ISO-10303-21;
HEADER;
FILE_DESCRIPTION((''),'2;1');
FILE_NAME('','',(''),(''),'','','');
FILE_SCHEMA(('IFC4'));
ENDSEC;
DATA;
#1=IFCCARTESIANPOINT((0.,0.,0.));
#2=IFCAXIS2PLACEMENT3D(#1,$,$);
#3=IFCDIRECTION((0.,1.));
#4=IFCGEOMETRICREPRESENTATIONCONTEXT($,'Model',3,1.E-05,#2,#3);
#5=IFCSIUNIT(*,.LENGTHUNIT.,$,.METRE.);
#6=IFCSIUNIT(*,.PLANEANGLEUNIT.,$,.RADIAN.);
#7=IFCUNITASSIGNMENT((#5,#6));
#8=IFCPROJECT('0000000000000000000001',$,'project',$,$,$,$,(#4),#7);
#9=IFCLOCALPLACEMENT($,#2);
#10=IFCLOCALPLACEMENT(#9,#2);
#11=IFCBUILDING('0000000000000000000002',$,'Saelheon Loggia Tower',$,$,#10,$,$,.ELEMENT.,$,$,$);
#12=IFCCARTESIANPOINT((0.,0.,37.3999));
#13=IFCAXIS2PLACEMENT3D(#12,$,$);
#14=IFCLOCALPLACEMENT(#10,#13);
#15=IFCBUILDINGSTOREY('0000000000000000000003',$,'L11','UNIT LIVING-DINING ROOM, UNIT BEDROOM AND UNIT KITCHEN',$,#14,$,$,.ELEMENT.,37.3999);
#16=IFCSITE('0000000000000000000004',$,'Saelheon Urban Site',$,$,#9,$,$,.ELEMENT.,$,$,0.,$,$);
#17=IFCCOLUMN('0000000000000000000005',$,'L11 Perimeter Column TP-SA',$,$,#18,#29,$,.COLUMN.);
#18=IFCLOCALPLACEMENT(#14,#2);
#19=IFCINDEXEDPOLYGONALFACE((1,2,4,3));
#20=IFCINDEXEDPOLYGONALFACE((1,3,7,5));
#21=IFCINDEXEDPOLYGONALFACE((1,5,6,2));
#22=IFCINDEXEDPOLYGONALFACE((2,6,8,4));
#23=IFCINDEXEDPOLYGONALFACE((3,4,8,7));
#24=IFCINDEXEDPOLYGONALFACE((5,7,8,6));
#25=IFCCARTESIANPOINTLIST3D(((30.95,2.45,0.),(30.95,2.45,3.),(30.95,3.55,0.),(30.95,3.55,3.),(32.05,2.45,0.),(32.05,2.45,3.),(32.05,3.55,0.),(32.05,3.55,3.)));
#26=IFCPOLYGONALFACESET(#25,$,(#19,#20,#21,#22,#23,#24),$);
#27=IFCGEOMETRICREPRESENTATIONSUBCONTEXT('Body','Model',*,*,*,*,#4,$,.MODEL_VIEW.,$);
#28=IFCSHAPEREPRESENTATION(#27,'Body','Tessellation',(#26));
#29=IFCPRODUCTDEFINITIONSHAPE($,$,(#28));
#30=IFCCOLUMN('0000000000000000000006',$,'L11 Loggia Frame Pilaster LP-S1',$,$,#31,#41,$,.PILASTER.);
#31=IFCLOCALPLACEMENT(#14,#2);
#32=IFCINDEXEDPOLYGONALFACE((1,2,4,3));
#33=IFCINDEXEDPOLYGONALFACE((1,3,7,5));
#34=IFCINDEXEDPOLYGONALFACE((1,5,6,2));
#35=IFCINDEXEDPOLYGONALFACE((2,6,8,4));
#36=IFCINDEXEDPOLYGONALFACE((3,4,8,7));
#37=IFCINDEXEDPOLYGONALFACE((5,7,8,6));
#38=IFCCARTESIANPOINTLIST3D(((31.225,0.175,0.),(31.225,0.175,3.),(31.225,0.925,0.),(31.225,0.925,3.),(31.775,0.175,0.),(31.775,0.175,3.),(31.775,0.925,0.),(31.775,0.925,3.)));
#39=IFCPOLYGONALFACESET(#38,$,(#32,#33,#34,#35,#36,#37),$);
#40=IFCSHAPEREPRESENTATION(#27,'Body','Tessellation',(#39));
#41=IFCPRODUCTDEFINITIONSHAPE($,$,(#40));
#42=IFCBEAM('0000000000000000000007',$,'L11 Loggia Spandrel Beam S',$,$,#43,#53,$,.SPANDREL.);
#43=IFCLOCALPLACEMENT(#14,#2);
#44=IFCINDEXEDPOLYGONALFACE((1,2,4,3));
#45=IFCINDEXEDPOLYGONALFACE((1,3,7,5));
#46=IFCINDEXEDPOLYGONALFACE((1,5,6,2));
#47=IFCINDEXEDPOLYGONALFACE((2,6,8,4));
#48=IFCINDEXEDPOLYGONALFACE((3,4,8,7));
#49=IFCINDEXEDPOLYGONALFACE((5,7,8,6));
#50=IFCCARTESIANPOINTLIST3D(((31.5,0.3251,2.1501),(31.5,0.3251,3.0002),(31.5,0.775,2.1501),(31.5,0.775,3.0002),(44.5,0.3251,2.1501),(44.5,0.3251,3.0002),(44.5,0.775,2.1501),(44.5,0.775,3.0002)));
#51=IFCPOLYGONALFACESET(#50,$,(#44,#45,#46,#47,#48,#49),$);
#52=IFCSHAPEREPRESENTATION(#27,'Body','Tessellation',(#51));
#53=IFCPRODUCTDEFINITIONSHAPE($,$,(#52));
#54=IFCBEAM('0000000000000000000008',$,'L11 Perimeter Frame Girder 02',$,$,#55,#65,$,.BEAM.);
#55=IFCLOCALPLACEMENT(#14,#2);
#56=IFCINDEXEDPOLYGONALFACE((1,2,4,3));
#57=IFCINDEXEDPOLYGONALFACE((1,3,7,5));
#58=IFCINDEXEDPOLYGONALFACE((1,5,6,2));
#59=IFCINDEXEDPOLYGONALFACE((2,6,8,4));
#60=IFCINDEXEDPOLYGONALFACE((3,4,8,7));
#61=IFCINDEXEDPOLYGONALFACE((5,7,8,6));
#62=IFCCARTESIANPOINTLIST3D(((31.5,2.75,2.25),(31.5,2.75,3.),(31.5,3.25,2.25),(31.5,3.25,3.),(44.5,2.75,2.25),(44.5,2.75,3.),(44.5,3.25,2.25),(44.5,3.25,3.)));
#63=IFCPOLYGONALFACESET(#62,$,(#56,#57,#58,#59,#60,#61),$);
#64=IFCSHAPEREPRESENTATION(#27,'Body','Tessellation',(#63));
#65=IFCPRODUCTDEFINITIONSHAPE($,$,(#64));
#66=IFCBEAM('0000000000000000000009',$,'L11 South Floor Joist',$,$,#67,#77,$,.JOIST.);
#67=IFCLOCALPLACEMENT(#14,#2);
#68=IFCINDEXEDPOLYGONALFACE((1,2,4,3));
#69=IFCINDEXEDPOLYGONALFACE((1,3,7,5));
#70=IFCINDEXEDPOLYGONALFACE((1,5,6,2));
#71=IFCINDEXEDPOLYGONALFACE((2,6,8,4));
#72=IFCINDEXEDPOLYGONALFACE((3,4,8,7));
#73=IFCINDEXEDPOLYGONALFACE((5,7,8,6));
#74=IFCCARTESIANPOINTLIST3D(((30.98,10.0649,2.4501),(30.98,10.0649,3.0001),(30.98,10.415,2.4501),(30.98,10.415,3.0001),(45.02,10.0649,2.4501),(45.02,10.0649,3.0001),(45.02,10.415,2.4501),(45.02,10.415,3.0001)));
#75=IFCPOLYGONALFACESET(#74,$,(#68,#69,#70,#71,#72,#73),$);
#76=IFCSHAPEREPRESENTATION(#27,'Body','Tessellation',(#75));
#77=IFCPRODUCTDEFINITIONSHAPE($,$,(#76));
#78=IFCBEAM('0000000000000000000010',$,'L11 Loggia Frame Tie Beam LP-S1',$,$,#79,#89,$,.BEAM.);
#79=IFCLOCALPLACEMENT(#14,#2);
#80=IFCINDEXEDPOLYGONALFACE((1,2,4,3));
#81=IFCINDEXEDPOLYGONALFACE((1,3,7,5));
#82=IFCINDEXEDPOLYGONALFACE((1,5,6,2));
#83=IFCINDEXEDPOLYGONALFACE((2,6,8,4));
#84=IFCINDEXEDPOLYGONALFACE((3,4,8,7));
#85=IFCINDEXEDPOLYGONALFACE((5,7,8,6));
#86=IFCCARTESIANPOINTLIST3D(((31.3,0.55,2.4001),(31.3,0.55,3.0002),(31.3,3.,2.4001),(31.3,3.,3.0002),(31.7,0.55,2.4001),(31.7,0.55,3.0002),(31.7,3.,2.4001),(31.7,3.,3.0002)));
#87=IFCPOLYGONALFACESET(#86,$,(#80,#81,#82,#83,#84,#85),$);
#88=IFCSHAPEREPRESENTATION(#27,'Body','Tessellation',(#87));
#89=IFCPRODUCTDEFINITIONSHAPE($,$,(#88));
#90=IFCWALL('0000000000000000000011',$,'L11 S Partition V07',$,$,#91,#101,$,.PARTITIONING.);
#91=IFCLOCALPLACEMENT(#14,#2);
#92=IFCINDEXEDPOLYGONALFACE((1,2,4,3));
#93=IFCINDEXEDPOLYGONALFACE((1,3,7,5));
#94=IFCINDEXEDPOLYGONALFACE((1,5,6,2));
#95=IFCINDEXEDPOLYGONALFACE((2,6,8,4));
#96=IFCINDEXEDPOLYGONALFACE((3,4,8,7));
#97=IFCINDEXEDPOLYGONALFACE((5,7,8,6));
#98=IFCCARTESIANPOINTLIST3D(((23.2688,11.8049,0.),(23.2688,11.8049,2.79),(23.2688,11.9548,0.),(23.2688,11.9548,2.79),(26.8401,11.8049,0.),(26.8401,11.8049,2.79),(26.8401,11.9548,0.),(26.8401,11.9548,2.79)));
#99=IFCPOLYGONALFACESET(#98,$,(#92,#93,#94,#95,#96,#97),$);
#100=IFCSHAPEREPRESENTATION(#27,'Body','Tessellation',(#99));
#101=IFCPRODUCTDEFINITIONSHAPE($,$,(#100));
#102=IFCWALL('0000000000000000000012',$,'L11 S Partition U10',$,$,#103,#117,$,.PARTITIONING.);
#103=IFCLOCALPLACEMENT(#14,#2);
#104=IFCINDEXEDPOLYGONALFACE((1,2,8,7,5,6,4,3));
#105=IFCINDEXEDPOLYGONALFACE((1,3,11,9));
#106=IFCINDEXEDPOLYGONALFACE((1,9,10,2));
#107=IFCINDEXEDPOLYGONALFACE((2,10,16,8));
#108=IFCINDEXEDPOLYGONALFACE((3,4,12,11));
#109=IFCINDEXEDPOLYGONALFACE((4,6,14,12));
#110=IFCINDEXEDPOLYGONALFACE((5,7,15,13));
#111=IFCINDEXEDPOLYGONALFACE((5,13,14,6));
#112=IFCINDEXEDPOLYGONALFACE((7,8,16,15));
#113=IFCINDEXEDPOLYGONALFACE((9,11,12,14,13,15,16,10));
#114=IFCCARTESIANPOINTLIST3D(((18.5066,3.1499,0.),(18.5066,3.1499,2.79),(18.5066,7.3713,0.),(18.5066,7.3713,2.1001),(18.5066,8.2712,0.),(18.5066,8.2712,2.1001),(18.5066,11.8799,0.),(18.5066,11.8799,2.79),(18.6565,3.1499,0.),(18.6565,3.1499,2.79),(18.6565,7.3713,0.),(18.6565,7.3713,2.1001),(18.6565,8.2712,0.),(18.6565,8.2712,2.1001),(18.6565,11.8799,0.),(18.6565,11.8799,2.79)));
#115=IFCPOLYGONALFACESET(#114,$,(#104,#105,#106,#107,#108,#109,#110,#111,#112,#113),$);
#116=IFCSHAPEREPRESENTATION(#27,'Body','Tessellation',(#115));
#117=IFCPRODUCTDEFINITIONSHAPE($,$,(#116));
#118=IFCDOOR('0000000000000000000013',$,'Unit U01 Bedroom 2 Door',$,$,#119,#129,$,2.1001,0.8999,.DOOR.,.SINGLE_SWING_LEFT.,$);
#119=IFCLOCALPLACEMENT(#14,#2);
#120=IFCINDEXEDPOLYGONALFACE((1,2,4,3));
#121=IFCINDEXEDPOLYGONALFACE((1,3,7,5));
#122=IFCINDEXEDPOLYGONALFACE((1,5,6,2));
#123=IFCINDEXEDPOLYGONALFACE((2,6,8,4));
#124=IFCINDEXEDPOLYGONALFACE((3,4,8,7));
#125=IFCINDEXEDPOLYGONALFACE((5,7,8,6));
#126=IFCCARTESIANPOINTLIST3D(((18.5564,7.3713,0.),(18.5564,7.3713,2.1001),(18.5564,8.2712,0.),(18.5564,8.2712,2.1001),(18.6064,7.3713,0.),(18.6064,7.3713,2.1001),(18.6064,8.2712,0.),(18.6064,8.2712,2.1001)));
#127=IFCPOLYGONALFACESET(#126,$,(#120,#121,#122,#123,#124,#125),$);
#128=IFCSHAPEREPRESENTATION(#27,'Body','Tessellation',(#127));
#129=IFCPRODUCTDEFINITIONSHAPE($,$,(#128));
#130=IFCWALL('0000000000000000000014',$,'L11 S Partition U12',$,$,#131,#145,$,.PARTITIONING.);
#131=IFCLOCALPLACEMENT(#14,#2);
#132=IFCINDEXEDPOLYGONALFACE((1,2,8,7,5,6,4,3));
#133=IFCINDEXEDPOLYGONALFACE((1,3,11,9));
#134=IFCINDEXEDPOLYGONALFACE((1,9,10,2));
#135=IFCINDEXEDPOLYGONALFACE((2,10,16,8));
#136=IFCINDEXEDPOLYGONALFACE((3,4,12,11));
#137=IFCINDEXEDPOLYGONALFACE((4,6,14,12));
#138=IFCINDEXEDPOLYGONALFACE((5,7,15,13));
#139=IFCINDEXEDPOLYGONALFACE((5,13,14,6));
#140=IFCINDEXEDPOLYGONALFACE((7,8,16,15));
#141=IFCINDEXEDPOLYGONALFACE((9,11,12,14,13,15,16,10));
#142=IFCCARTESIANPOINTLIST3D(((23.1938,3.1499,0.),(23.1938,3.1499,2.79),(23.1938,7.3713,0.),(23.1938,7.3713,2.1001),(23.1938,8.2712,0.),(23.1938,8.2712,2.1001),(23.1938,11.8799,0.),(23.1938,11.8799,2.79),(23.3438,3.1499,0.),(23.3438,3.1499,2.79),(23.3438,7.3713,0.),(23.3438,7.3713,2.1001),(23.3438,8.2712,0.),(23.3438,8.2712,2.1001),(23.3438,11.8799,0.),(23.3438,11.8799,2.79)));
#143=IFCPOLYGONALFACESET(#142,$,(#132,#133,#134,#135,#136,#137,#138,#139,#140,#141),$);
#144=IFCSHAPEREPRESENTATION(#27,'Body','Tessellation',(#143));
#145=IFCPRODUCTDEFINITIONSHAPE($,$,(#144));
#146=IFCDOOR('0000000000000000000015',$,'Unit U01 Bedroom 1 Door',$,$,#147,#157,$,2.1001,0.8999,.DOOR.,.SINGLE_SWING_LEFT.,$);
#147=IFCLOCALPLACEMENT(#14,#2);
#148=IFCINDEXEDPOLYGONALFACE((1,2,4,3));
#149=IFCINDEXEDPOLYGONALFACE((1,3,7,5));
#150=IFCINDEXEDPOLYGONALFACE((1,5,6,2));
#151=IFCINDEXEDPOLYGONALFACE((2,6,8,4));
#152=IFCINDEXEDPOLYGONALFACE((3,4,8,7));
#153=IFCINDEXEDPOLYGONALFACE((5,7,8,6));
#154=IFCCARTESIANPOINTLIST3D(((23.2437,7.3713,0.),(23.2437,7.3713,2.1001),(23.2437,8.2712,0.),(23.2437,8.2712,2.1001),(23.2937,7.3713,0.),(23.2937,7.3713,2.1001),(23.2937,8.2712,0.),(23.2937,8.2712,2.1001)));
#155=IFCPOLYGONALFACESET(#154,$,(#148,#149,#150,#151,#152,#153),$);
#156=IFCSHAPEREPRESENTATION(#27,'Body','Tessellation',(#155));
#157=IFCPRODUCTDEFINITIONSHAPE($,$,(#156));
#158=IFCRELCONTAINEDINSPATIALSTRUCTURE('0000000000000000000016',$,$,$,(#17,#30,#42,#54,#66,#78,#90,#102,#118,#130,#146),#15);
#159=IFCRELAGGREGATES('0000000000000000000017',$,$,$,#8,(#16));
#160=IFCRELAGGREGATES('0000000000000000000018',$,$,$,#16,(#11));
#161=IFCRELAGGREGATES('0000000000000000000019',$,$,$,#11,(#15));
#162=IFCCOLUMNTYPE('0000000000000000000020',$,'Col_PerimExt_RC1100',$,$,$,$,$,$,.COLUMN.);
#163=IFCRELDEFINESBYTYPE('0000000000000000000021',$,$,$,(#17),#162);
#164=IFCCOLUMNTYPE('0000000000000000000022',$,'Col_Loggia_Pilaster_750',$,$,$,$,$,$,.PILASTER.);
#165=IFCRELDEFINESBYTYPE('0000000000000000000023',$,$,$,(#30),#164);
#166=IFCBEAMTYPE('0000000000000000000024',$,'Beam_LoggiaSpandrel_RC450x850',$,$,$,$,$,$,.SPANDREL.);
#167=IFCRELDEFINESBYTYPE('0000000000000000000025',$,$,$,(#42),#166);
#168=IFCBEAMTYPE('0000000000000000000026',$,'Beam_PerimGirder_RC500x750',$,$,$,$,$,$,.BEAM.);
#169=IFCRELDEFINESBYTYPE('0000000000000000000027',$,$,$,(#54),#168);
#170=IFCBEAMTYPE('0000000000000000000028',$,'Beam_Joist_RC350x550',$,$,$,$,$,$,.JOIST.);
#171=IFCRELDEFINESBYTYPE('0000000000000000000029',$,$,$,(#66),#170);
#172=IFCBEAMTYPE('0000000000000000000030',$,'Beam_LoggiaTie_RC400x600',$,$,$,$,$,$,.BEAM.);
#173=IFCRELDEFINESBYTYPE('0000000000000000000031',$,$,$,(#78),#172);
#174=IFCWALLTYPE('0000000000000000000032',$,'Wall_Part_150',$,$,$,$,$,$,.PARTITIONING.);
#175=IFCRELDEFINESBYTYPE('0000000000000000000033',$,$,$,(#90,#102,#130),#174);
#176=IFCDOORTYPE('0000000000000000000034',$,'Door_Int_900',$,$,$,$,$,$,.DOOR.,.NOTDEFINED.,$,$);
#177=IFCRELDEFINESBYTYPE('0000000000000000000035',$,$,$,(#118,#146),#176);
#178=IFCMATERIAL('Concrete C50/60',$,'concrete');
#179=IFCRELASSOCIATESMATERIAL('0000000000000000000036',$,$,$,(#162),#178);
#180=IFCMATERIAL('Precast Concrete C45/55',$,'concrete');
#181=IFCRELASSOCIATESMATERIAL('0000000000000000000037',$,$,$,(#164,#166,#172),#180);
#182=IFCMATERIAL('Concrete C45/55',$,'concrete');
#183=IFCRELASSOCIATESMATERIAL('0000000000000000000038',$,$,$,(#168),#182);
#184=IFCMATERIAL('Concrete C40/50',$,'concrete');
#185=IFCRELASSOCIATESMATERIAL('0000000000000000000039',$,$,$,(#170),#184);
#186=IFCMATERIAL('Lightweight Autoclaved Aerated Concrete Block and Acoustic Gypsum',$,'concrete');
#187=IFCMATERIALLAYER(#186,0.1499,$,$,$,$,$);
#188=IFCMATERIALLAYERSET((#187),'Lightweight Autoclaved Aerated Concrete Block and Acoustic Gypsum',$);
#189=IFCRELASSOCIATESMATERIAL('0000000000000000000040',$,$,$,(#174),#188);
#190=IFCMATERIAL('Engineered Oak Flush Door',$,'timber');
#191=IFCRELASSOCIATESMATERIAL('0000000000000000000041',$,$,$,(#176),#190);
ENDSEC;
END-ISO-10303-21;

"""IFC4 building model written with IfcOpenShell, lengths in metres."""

from ifc_helpers import new_model, si_unit, direction, frame, frame_2d, origin, origin_2d, place, context, subcontext, project, spatial, rectangle, extrude, source, transform, mapped, material, layer, layer_set, material_profile, profile_set, type_object, element, fill, save


model = new_model("IFC4")

# Units and contexts
model_context = context("Model", 3, precision=1e-05, world=origin(), true_north=direction((0.0, 1.0)))
body_context = subcontext(model_context, "Body", "Model", "MODEL_VIEW")
ifc_project = project(units=[si_unit("LENGTHUNIT", "METRE"), si_unit("PLANEANGLEUNIT", "RADIAN")], contexts=[model_context])

# Site, building, storey
site_placement = place(None, origin())
site = spatial("IfcSite", under=ifc_project, at=site_placement, Name="Saelheon Urban Site", CompositionType="ELEMENT", RefElevation=0.0)
building_placement = place(site_placement, origin())
building = spatial("IfcBuilding", under=site, at=building_placement, Name="Saelheon Loggia Tower", CompositionType="ELEMENT")
storey_placement = place(building_placement, frame((0.0, 0.0, 37.3999)))
storey = spatial("IfcBuildingStorey", under=building, at=storey_placement, Name="L11", Description="UNIT LIVING-DINING ROOM, UNIT BEDROOM AND UNIT KITCHEN", CompositionType="ELEMENT", Elevation=37.3999)

# Columns
ifc_material_1 = material(Name="Concrete C50/60", Category="concrete")
ifc_material_profile_1 = material_profile(ifc_material_1, rectangle(XDim=1.1001, YDim=1.1001, at=origin_2d()), Name="RC-1100x1100")
ifc_profile_set_1 = profile_set([ifc_material_profile_1], Name="Concrete C50/60")
column_type_1 = type_object("IfcColumnType", Name="Col_PerimExt_RC1100", PredefinedType="COLUMN", material=ifc_profile_set_1)
shared_shape_1 = source(origin(), body_context, "Body", "SweptSolid", [
    extrude(rectangle(XDim=1.1001, YDim=1.1001, at=origin_2d()), origin(), (0.0, 0.0, 1.0), 3.0),
])
column_1_placement = place(storey_placement, frame((31.5, 3.0, 0.0), z_axis=(0.0, 0.0, 1.0), x_axis=(1.0, 0.0, 0.0)))
element("IfcColumn", 1, at=column_1_placement, inside=storey, type_object=column_type_1, Name="L11 Perimeter Column TP-SA", PredefinedType="COLUMN", context=body_context, shape_type="MappedRepresentation", body=[
    mapped(shared_shape_1, transform((0.0, 0.0, 0.0), scale=1.0)),
])
ifc_material_2 = material(Name="Precast Concrete C45/55", Category="concrete")
ifc_material_profile_2 = material_profile(ifc_material_2, rectangle(XDim=0.55, YDim=0.75, at=origin_2d()), Name="RC-550x750")
ifc_profile_set_2 = profile_set([ifc_material_profile_2], Name="Precast Concrete C45/55")
column_type_2 = type_object("IfcColumnType", Name="Col_Loggia_Pilaster_750", PredefinedType="PILASTER", material=ifc_profile_set_2)
shared_shape_2 = source(origin(), body_context, "Body", "SweptSolid", [
    extrude(rectangle(XDim=0.55, YDim=0.75, at=origin_2d()), origin(), (0.0, 0.0, 1.0), 3.0),
])
column_2_placement = place(storey_placement, frame((31.5, 0.55, 0.0), z_axis=(0.0, 0.0, 1.0), x_axis=(1.0, 0.0, 0.0)))
element("IfcColumn", 2, at=column_2_placement, inside=storey, type_object=column_type_2, Name="L11 Loggia Frame Pilaster LP-S1", PredefinedType="PILASTER", context=body_context, shape_type="MappedRepresentation", body=[
    mapped(shared_shape_2, transform((0.0, 0.0, 0.0), scale=1.0)),
])

# Beams
ifc_material_profile_3 = material_profile(ifc_material_2, rectangle(XDim=0.45, YDim=0.8501, at=origin_2d()), Name="RC-450x850")
ifc_profile_set_3 = profile_set([ifc_material_profile_3], Name="Precast Concrete C45/55")
beam_type_1 = type_object("IfcBeamType", Name="Beam_LoggiaSpandrel_RC450x850", PredefinedType="SPANDREL", material=ifc_profile_set_3)
shared_shape_3 = source(origin(), body_context, "Body", "SweptSolid", [
    extrude(rectangle(XDim=0.45, YDim=0.8501, at=origin_2d()), origin(), (0.0, 0.0, 1.0), 13.0),
])
beam_1_placement = place(storey_placement, frame((31.5, 0.55, 2.5752), z_axis=(1.0, 0.0, 0.0), x_axis=(0.0, 1.0, 0.0)))
element("IfcBeam", 3, at=beam_1_placement, inside=storey, type_object=beam_type_1, Name="L11 Loggia Spandrel Beam S", PredefinedType="SPANDREL", context=body_context, shape_type="MappedRepresentation", body=[
    mapped(shared_shape_3, transform((0.0, 0.0, 0.0), scale=1.0)),
])
ifc_material_3 = material(Name="Concrete C45/55", Category="concrete")
ifc_material_profile_4 = material_profile(ifc_material_3, rectangle(XDim=0.5, YDim=0.75, at=origin_2d()), Name="RC-500x750")
ifc_profile_set_4 = profile_set([ifc_material_profile_4], Name="Concrete C45/55")
beam_type_2 = type_object("IfcBeamType", Name="Beam_PerimGirder_RC500x750", PredefinedType="BEAM", material=ifc_profile_set_4)
shared_shape_4 = source(origin(), body_context, "Body", "SweptSolid", [
    extrude(rectangle(XDim=0.5, YDim=0.75, at=origin_2d()), origin(), (0.0, 0.0, 1.0), 13.0),
])
beam_2_placement = place(storey_placement, frame((31.5, 3.0, 2.625), z_axis=(1.0, 0.0, 0.0), x_axis=(0.0, 1.0, 0.0)))
element("IfcBeam", 4, at=beam_2_placement, inside=storey, type_object=beam_type_2, Name="L11 Perimeter Frame Girder 02", PredefinedType="BEAM", context=body_context, shape_type="MappedRepresentation", body=[
    mapped(shared_shape_4, transform((0.0, 0.0, 0.0), scale=1.0)),
])
ifc_material_4 = material(Name="Concrete C40/50", Category="concrete")
ifc_material_profile_5 = material_profile(ifc_material_4, rectangle(XDim=0.3501, YDim=0.55, at=origin_2d()), Name="RC-350x550")
ifc_profile_set_5 = profile_set([ifc_material_profile_5], Name="Concrete C40/50")
beam_type_3 = type_object("IfcBeamType", Name="Beam_Joist_RC350x550", PredefinedType="JOIST", material=ifc_profile_set_5)
shared_shape_5 = source(origin(), body_context, "Body", "SweptSolid", [
    extrude(rectangle(XDim=0.3501, YDim=0.55, at=origin_2d()), origin(), (0.0, 0.0, 1.0), 14.04),
])
beam_3_placement = place(storey_placement, frame((30.98, 10.24, 2.7251), z_axis=(1.0, 0.0, 0.0), x_axis=(0.0, 1.0, 0.0)))
element("IfcBeam", 5, at=beam_3_placement, inside=storey, type_object=beam_type_3, Name="L11 South Floor Joist", PredefinedType="JOIST", context=body_context, shape_type="MappedRepresentation", body=[
    mapped(shared_shape_5, transform((0.0, 0.0, 0.0), scale=1.0)),
])
ifc_material_profile_6 = material_profile(ifc_material_2, rectangle(XDim=0.3999, YDim=0.6001, at=origin_2d()), Name="RC-400x600")
ifc_profile_set_6 = profile_set([ifc_material_profile_6], Name="Precast Concrete C45/55")
beam_type_4 = type_object("IfcBeamType", Name="Beam_LoggiaTie_RC400x600", PredefinedType="BEAM", material=ifc_profile_set_6)
shared_shape_6 = source(origin(), body_context, "Body", "SweptSolid", [
    extrude(rectangle(XDim=0.3999, YDim=0.6001, at=origin_2d()), origin(), (0.0, 0.0, 1.0), 2.45),
])
beam_4_placement = place(storey_placement, frame((31.5, 3.0, 2.7002), z_axis=(0.0, -1.0, 0.0), x_axis=(1.0, 0.0, 0.0)))
element("IfcBeam", 6, at=beam_4_placement, inside=storey, type_object=beam_type_4, Name="L11 Loggia Frame Tie Beam LP-S1", PredefinedType="BEAM", context=body_context, shape_type="MappedRepresentation", body=[
    mapped(shared_shape_6, transform((0.0, 0.0, 0.0), scale=1.0)),
])

# Wall
ifc_material_5 = material(Name="Lightweight Autoclaved Aerated Concrete Block and Acoustic Gypsum", Category="concrete")
ifc_layer_1 = layer(ifc_material_5, 0.1499)
ifc_layer_set_1 = layer_set([ifc_layer_1], Name="Lightweight Autoclaved Aerated Concrete Block and Acoustic Gypsum")
wall_type_1 = type_object("IfcWallType", Name="Wall_Part_150", PredefinedType="PARTITIONING", material=ifc_layer_set_1)
wall_1_placement = place(storey_placement, frame((23.2688, 11.8799, 0.0), z_axis=(0.0, 0.0, 1.0), x_axis=(1.0, 0.0, 0.0)))
element("IfcWall", 7, at=wall_1_placement, inside=storey, type_object=wall_type_1, Name="L11 S Partition V07", PredefinedType="PARTITIONING", context=body_context, shape_type="SweptSolid", body=[
    extrude(rectangle(XDim=3.5713, YDim=0.1499, at=frame_2d((1.7856, 0.0))), origin(), (0.0, 0.0, 1.0), 2.79),
])

# Walls, openings, doors
wall_2_placement = place(storey_placement, frame((18.5815, 11.8799, 0.0), z_axis=(0.0, 0.0, 1.0), x_axis=(0.0, -1.0, 0.0)))
wall_2 = element("IfcWall", 8, at=wall_2_placement, inside=storey, type_object=wall_type_1, Name="L11 S Partition U10", PredefinedType="PARTITIONING", context=body_context, shape_type="SweptSolid", body=[
    extrude(rectangle(XDim=8.73, YDim=0.1499, at=frame_2d((4.365, 0.0))), origin(), (0.0, 0.0, 1.0), 2.79),
])
opening_1_placement = place(wall_2_placement, frame((3.6086, 0.0, 0.0)))
opening_1 = element("IfcOpeningElement", 9, at=opening_1_placement, cuts=wall_2, PredefinedType="OPENING", context=body_context, shape_type="SweptSolid", body=[
    extrude(rectangle(XDim=0.8999, YDim=2.1001, at=frame_2d((0.45, 1.05))), frame((0.0, 0.0869, 0.0), z_axis=(0.0, -1.0, 0.0), x_axis=(1.0, 0.0, 0.0)), (0.0, 0.0, 1.0), 0.1738),
])
ifc_material_6 = material(Name="Engineered Oak Flush Door", Category="timber")
door_type_1 = type_object("IfcDoorType", Name="Door_Int_900", OperationType="NOTDEFINED", PredefinedType="DOOR", material=ifc_material_6)
shared_shape_7 = source(origin(), body_context, "Body", "SweptSolid", [
    extrude(rectangle(XDim=0.8999, YDim=2.1001, at=frame_2d((0.45, 1.05))), frame((0.0, 0.0249, 0.0), z_axis=(0.0, -1.0, 0.0), x_axis=(1.0, 0.0, 0.0)), (0.0, 0.0, 1.0), 0.05),
])
door_1_placement = place(opening_1_placement, origin())
door_1 = element("IfcDoor", 10, at=door_1_placement, inside=storey, type_object=door_type_1, Name="Unit U01 Bedroom 2 Door", OperationType="SINGLE_SWING_LEFT", OverallHeight=2.1001, OverallWidth=0.8999, PredefinedType="DOOR", context=body_context, shape_type="MappedRepresentation", body=[
    mapped(shared_shape_7, transform((0.0, 0.0, 0.0), scale=1.0)),
])
fill(opening_1, door_1)
wall_3_placement = place(storey_placement, frame((23.2688, 11.8799, 0.0), z_axis=(0.0, 0.0, 1.0), x_axis=(0.0, -1.0, 0.0)))
wall_3 = element("IfcWall", 11, at=wall_3_placement, inside=storey, type_object=wall_type_1, Name="L11 S Partition U12", PredefinedType="PARTITIONING", context=body_context, shape_type="SweptSolid", body=[
    extrude(rectangle(XDim=8.73, YDim=0.1499, at=frame_2d((4.365, 0.0))), origin(), (0.0, 0.0, 1.0), 2.79),
])
opening_2_placement = place(wall_3_placement, frame((3.6086, 0.0, 0.0)))
opening_2 = element("IfcOpeningElement", 12, at=opening_2_placement, cuts=wall_3, PredefinedType="OPENING", context=body_context, shape_type="SweptSolid", body=[
    extrude(rectangle(XDim=0.8999, YDim=2.1001, at=frame_2d((0.45, 1.05))), frame((0.0, 0.0869, 0.0), z_axis=(0.0, -1.0, 0.0), x_axis=(1.0, 0.0, 0.0)), (0.0, 0.0, 1.0), 0.1738),
])
door_2_placement = place(opening_2_placement, origin())
door_2 = element("IfcDoor", 13, at=door_2_placement, inside=storey, type_object=door_type_1, Name="Unit U01 Bedroom 1 Door", OperationType="SINGLE_SWING_LEFT", OverallHeight=2.1001, OverallWidth=0.8999, PredefinedType="DOOR", context=body_context, shape_type="MappedRepresentation", body=[
    mapped(shared_shape_7, transform((0.0, 0.0, 0.0), scale=1.0)),
])
fill(opening_2, door_2)

save(model, "model.ifc")
